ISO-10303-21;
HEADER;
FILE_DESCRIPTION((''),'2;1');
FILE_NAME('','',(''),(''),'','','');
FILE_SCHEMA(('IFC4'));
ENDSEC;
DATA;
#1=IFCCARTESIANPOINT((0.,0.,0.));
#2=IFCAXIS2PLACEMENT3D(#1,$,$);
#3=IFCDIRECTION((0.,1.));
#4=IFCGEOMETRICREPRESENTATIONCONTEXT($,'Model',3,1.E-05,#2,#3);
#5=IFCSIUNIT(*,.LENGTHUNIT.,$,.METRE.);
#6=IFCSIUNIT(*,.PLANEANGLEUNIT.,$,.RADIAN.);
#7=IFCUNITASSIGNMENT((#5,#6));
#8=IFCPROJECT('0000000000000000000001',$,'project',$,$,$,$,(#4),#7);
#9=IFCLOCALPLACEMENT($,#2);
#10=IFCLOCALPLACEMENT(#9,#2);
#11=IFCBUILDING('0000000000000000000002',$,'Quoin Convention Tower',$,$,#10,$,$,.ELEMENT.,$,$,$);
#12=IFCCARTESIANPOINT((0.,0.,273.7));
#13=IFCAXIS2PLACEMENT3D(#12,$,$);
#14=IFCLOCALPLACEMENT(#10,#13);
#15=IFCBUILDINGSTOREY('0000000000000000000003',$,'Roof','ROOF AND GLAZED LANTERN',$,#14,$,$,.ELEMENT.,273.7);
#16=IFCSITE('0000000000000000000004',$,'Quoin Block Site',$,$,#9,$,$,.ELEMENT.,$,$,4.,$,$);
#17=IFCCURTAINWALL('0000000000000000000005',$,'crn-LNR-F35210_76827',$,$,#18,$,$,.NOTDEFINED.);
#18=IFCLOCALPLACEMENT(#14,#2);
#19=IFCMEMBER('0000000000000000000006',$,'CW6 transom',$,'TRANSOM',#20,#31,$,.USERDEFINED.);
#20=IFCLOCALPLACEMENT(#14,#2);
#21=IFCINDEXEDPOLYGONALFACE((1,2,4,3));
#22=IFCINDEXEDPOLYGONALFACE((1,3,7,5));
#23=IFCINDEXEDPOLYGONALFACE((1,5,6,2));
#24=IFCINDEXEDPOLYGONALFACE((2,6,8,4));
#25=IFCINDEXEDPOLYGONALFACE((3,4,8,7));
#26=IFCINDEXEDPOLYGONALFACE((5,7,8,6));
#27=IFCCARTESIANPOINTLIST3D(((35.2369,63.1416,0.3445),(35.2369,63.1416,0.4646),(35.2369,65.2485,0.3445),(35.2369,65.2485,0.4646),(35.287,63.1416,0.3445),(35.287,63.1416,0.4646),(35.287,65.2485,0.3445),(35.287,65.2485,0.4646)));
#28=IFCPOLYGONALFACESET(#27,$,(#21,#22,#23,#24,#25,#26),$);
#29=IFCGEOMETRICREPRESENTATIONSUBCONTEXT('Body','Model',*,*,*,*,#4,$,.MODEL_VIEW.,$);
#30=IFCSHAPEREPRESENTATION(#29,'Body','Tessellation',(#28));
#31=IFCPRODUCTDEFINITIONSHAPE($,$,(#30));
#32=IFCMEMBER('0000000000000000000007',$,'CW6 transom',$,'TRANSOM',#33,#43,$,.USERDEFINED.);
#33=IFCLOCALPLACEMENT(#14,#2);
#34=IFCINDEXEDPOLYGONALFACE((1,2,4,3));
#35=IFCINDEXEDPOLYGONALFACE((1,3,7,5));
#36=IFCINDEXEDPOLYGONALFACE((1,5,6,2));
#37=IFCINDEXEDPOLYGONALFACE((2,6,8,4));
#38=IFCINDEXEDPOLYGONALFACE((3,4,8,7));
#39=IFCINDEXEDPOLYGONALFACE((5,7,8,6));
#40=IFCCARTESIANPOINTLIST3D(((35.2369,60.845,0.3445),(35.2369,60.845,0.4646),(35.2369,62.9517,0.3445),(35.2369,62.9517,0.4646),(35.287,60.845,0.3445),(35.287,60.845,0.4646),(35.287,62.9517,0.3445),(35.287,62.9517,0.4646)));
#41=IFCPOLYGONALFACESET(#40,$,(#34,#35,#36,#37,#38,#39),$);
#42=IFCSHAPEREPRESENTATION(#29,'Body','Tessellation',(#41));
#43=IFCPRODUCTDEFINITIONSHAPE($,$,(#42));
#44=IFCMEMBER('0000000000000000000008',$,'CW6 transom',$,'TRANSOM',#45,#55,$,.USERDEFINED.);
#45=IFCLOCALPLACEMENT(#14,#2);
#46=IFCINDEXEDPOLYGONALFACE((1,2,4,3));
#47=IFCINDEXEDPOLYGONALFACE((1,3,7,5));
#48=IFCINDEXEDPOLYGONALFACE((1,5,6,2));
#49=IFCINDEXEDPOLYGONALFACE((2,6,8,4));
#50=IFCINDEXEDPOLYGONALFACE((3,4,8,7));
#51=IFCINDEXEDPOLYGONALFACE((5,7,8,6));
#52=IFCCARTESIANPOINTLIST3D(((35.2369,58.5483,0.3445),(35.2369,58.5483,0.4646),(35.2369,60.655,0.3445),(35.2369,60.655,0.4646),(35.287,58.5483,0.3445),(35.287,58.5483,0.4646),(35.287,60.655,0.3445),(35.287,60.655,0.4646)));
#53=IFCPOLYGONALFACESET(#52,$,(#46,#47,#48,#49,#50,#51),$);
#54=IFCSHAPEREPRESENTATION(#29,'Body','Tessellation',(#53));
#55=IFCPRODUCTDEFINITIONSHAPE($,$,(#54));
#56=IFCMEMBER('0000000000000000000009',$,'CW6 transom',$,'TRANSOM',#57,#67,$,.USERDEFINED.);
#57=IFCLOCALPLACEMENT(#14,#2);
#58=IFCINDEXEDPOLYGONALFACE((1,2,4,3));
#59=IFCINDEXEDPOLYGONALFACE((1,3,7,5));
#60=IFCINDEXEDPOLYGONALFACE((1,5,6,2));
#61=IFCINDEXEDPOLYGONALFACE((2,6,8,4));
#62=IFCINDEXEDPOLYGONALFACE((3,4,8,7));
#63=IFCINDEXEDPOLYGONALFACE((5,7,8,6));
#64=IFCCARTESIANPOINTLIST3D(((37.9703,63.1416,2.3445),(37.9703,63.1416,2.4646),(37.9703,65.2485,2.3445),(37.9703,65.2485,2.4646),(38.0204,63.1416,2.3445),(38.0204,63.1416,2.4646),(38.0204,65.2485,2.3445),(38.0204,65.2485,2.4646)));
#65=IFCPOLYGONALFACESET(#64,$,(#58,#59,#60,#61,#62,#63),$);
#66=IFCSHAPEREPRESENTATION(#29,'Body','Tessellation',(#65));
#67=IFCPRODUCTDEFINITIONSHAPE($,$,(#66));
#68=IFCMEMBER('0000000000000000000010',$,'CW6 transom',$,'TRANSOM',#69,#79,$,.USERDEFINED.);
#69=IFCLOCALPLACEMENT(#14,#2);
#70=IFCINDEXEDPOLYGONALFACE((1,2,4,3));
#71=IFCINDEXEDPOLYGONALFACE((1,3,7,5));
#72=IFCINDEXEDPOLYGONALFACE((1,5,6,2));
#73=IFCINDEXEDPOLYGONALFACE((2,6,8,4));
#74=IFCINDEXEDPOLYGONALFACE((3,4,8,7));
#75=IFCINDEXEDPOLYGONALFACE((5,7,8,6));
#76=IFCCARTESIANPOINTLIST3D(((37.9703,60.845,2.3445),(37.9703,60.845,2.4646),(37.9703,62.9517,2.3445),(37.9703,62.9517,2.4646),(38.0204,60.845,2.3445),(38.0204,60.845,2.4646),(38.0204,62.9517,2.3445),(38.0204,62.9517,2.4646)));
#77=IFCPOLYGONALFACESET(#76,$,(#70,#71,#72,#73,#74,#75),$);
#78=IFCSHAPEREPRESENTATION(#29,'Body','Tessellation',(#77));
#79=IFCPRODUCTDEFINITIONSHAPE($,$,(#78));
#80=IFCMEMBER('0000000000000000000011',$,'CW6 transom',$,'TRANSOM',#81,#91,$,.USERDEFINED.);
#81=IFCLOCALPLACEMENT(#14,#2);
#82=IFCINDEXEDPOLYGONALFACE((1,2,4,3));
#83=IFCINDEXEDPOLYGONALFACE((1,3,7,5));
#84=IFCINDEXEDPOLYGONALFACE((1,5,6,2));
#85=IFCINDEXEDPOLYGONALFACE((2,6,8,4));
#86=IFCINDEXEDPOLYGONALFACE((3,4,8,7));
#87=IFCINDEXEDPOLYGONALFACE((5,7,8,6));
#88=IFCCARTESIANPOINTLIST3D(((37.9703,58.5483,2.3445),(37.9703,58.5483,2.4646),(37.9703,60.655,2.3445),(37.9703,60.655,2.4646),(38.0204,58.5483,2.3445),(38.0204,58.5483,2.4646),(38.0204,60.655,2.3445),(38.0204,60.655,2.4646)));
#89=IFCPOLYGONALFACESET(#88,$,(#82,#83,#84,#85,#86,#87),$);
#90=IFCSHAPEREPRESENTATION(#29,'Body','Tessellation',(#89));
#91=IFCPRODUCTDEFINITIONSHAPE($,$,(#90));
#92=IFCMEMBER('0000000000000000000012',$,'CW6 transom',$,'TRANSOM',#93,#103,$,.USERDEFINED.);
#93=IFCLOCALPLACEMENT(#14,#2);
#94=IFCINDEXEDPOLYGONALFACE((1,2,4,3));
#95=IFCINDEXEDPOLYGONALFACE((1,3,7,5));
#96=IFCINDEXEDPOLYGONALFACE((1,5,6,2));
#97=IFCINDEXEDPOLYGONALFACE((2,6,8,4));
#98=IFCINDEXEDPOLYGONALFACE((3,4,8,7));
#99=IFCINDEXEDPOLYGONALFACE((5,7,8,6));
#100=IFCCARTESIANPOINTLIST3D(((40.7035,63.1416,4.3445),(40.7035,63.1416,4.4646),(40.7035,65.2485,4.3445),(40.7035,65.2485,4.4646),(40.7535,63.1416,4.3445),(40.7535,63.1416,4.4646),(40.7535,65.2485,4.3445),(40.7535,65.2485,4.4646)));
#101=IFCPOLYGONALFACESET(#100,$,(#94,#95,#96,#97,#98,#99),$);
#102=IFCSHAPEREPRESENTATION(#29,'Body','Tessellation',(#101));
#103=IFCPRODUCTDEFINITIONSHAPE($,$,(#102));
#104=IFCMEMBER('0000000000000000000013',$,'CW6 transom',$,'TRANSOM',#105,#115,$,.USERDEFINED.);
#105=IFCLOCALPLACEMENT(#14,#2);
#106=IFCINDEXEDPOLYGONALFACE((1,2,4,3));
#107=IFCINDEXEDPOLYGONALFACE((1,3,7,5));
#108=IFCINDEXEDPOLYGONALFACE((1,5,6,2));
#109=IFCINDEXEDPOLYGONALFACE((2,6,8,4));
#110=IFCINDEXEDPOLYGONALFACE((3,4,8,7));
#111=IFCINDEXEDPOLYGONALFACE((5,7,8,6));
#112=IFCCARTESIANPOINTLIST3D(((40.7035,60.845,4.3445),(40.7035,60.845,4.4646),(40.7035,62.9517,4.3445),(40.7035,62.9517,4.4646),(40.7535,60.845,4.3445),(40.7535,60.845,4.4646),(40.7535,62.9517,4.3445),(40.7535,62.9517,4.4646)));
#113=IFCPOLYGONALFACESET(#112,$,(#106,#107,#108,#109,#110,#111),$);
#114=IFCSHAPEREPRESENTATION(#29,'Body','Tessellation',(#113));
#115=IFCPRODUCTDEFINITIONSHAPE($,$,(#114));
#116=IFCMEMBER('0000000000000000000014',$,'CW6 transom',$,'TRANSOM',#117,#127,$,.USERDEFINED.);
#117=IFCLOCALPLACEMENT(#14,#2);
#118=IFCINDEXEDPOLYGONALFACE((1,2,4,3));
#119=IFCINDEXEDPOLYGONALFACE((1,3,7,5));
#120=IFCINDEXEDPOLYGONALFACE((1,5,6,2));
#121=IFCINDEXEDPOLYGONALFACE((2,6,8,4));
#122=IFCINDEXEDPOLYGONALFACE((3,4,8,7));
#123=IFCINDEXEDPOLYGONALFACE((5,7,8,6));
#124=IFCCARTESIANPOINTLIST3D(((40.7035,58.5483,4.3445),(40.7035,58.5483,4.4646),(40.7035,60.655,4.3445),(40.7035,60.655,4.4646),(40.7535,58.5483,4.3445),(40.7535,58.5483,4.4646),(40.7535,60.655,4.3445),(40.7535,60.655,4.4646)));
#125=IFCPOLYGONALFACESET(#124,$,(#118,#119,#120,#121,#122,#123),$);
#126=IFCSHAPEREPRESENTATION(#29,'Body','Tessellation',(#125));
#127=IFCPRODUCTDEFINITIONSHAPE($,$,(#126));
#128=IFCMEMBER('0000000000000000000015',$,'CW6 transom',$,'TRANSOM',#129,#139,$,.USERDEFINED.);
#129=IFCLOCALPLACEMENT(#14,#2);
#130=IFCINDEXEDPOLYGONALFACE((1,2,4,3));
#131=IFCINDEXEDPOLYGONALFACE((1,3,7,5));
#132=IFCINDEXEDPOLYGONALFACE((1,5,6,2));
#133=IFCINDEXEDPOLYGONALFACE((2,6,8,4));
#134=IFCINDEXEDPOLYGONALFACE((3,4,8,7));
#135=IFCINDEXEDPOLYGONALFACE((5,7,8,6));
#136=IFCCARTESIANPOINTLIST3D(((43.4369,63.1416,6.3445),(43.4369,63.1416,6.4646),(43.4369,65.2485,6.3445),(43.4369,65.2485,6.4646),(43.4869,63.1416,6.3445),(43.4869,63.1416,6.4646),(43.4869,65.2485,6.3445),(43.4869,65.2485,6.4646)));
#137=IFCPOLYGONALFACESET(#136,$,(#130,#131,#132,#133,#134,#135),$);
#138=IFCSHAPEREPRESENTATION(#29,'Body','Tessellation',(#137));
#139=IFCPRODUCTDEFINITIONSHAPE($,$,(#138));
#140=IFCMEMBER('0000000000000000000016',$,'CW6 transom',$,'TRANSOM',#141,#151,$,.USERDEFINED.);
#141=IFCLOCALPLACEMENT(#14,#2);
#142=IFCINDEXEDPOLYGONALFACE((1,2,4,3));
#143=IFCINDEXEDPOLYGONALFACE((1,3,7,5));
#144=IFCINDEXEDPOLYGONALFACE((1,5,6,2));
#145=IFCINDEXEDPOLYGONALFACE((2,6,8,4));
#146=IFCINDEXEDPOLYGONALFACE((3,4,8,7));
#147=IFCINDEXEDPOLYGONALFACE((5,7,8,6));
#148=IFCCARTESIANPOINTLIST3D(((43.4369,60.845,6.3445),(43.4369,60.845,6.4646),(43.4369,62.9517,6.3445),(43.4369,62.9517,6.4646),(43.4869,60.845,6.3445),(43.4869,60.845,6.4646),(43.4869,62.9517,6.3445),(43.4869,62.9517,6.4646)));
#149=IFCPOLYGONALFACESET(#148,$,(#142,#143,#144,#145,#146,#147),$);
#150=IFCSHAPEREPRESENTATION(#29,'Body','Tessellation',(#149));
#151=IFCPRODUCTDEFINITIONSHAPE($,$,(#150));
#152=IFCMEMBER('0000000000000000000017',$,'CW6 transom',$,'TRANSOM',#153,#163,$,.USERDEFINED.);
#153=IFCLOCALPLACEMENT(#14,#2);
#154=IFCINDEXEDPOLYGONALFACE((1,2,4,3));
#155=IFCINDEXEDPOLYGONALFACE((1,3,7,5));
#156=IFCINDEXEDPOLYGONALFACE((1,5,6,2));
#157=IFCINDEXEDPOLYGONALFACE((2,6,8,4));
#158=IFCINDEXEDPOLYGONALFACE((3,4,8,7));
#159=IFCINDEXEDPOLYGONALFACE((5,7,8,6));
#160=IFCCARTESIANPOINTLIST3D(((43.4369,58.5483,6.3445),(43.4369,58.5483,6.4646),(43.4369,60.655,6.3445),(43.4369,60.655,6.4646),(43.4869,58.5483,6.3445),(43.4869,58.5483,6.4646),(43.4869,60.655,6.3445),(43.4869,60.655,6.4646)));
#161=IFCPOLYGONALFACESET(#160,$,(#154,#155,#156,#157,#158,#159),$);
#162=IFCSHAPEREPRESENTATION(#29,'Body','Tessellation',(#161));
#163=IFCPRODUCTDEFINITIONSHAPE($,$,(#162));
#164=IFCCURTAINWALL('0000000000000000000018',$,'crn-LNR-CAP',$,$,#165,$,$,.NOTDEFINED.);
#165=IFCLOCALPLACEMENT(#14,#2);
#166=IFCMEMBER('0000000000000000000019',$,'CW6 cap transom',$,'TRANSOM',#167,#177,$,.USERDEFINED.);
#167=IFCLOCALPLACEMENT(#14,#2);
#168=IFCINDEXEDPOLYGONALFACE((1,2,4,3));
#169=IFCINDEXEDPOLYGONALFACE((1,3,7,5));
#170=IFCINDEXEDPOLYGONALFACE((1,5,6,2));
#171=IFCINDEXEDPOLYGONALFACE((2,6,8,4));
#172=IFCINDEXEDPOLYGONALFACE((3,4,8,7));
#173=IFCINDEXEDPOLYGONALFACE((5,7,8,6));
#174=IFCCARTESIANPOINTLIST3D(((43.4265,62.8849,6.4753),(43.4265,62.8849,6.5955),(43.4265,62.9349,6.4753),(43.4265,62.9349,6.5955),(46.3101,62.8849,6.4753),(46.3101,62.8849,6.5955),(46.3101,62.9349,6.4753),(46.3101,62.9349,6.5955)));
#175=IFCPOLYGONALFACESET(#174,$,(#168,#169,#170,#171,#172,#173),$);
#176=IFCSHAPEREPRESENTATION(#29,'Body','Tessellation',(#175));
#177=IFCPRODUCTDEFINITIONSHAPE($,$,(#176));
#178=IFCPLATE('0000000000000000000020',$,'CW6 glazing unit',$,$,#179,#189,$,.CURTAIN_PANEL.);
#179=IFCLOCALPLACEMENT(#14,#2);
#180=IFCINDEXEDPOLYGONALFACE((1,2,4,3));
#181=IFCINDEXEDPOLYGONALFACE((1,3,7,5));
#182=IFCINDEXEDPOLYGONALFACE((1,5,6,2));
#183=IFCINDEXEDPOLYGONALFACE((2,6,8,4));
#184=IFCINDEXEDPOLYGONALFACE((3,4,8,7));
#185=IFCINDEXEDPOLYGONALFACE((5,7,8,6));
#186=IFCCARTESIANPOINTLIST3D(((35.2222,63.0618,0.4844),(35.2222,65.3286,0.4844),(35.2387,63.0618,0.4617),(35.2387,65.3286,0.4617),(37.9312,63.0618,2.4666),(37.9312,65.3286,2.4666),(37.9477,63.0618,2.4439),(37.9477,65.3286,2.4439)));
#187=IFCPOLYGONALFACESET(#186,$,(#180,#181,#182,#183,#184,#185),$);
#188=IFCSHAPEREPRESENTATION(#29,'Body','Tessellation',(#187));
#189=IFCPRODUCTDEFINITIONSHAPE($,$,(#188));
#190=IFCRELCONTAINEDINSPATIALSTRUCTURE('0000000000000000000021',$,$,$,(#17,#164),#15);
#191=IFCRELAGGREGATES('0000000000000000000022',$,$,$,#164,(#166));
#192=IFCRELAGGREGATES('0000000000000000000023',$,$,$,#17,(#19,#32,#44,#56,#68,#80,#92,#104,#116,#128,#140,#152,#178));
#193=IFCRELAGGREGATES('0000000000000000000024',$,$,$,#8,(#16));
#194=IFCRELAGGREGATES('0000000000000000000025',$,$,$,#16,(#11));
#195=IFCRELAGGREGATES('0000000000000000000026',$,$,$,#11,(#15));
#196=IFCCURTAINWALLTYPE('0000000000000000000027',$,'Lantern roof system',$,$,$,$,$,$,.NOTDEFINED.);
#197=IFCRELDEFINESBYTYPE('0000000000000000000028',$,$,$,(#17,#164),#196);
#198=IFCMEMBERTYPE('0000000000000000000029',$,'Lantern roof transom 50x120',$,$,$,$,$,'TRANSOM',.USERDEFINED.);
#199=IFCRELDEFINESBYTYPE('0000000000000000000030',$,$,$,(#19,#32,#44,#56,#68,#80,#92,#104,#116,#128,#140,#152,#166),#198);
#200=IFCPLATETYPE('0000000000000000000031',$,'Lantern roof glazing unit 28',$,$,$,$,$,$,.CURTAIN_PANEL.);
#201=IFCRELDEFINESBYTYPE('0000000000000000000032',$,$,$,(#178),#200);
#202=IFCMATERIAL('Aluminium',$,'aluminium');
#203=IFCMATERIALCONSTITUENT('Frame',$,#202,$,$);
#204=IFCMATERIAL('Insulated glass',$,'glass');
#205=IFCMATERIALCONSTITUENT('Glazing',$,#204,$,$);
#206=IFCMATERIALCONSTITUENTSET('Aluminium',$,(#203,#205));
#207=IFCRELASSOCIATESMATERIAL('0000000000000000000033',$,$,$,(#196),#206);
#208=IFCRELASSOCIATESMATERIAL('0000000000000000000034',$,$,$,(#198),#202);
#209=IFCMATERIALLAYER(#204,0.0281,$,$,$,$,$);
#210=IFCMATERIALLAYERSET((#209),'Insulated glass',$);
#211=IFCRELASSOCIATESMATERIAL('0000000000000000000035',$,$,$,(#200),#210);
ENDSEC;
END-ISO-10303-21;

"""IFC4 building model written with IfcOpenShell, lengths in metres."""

from ifc_helpers import new_model, si_unit, direction, frame, origin, origin_2d, place, context, subcontext, project, spatial, polyline, rectangle, outline, extrude, material, layer, layer_set, constituent, constituent_set, material_profile, profile_set, type_object, element, aggregate, save


model = new_model("IFC4")

# Units and contexts
model_context = context("Model", 3, precision=1e-05, world=origin(), true_north=direction((0.0, 1.0)))
body_context = subcontext(model_context, "Body", "Model", "MODEL_VIEW")
ifc_project = project(units=[si_unit("LENGTHUNIT", "METRE"), si_unit("PLANEANGLEUNIT", "RADIAN")], contexts=[model_context])

# Site, building, storey
site_placement = place(None, origin())
site = spatial("IfcSite", under=ifc_project, at=site_placement, Name="Quoin Block Site", CompositionType="ELEMENT", RefElevation=4.0)
building_placement = place(site_placement, origin())
building = spatial("IfcBuilding", under=site, at=building_placement, Name="Quoin Convention Tower", CompositionType="ELEMENT")
storey_placement = place(building_placement, frame((0.0, 0.0, 273.7)))
storey = spatial("IfcBuildingStorey", under=building, at=storey_placement, Name="Roof", Description="ROOF AND GLAZED LANTERN", CompositionType="ELEMENT", Elevation=273.7)

# Curtain wall, members
ifc_material_1 = material(Name="Aluminium", Category="aluminium")
ifc_constituent_1 = constituent(ifc_material_1, Name="Frame")
ifc_material_2 = material(Name="Insulated glass", Category="glass")
ifc_constituent_2 = constituent(ifc_material_2, Name="Glazing")
ifc_constituent_set = constituent_set(constituents=[ifc_constituent_1, ifc_constituent_2], Name="Aluminium")
curtain_wall_type = type_object("IfcCurtainWallType", Name="Lantern roof system", PredefinedType="NOTDEFINED", material=ifc_constituent_set)
curtain_wall_1_placement = place(storey_placement, origin())
curtain_wall_1 = element("IfcCurtainWall", 1, at=curtain_wall_1_placement, inside=storey, type_object=curtain_wall_type, Name="crn-LNR-F35210_76827", PredefinedType="NOTDEFINED")
ifc_material_profile_1 = material_profile(ifc_material_1, rectangle(XDim=0.1201, YDim=0.05, at=origin_2d()), Name="Lantern roof transom 50x120")
ifc_profile_set_1 = profile_set([ifc_material_profile_1], Name="Aluminium")
member_type_1 = type_object("IfcMemberType", Name="Lantern roof transom 50x120", ElementType="TRANSOM", PredefinedType="USERDEFINED", material=ifc_profile_set_1)
member_1_placement = place(storey_placement, frame((35.262, 65.2485, 0.4045), z_axis=(0.0, -1.0, 0.0), x_axis=(0.0, 0.0, 1.0)))
member_1 = element("IfcMember", 2, at=member_1_placement, type_object=member_type_1, Name="CW6 transom", ObjectType="TRANSOM", PredefinedType="USERDEFINED", context=body_context, shape_type="SweptSolid", body=[
    extrude(rectangle(XDim=0.1201, YDim=0.05, at=origin_2d()), origin(), (0.0, 0.0, 1.0), 2.1069),
])
member_2_placement = place(storey_placement, frame((35.262, 62.9517, 0.4045), z_axis=(0.0, -1.0, 0.0), x_axis=(0.0, 0.0, 1.0)))
member_2 = element("IfcMember", 3, at=member_2_placement, type_object=member_type_1, Name="CW6 transom", ObjectType="TRANSOM", PredefinedType="USERDEFINED", context=body_context, shape_type="SweptSolid", body=[
    extrude(rectangle(XDim=0.1201, YDim=0.05, at=origin_2d()), origin(), (0.0, 0.0, 1.0), 2.1067),
])
member_3_placement = place(storey_placement, frame((35.262, 60.655, 0.4045), z_axis=(0.0, -1.0, 0.0), x_axis=(0.0, 0.0, 1.0)))
member_3 = element("IfcMember", 4, at=member_3_placement, type_object=member_type_1, Name="CW6 transom", ObjectType="TRANSOM", PredefinedType="USERDEFINED", context=body_context, shape_type="SweptSolid", body=[
    extrude(rectangle(XDim=0.1201, YDim=0.05, at=origin_2d()), origin(), (0.0, 0.0, 1.0), 2.1067),
])
member_4_placement = place(storey_placement, frame((37.9954, 65.2485, 2.4045), z_axis=(0.0, -1.0, 0.0), x_axis=(0.0, 0.0, 1.0)))
member_4 = element("IfcMember", 5, at=member_4_placement, type_object=member_type_1, Name="CW6 transom", ObjectType="TRANSOM", PredefinedType="USERDEFINED", context=body_context, shape_type="SweptSolid", body=[
    extrude(rectangle(XDim=0.1201, YDim=0.05, at=origin_2d()), origin(), (0.0, 0.0, 1.0), 2.1069),
])
member_5_placement = place(storey_placement, frame((37.9954, 62.9517, 2.4045), z_axis=(0.0, -1.0, 0.0), x_axis=(0.0, 0.0, 1.0)))
member_5 = element("IfcMember", 6, at=member_5_placement, type_object=member_type_1, Name="CW6 transom", ObjectType="TRANSOM", PredefinedType="USERDEFINED", context=body_context, shape_type="SweptSolid", body=[
    extrude(rectangle(XDim=0.1201, YDim=0.05, at=origin_2d()), origin(), (0.0, 0.0, 1.0), 2.1067),
])
member_6_placement = place(storey_placement, frame((37.9954, 60.655, 2.4045), z_axis=(0.0, -1.0, 0.0), x_axis=(0.0, 0.0, 1.0)))
member_6 = element("IfcMember", 7, at=member_6_placement, type_object=member_type_1, Name="CW6 transom", ObjectType="TRANSOM", PredefinedType="USERDEFINED", context=body_context, shape_type="SweptSolid", body=[
    extrude(rectangle(XDim=0.1201, YDim=0.05, at=origin_2d()), origin(), (0.0, 0.0, 1.0), 2.1067),
])
member_7_placement = place(storey_placement, frame((40.7285, 65.2485, 4.4045), z_axis=(0.0, -1.0, 0.0), x_axis=(0.0, 0.0, 1.0)))
member_7 = element("IfcMember", 8, at=member_7_placement, type_object=member_type_1, Name="CW6 transom", ObjectType="TRANSOM", PredefinedType="USERDEFINED", context=body_context, shape_type="SweptSolid", body=[
    extrude(rectangle(XDim=0.1201, YDim=0.05, at=origin_2d()), origin(), (0.0, 0.0, 1.0), 2.1069),
])
member_8_placement = place(storey_placement, frame((40.7285, 62.9517, 4.4045), z_axis=(0.0, -1.0, 0.0), x_axis=(0.0, 0.0, 1.0)))
member_8 = element("IfcMember", 9, at=member_8_placement, type_object=member_type_1, Name="CW6 transom", ObjectType="TRANSOM", PredefinedType="USERDEFINED", context=body_context, shape_type="SweptSolid", body=[
    extrude(rectangle(XDim=0.1201, YDim=0.05, at=origin_2d()), origin(), (0.0, 0.0, 1.0), 2.1067),
])
member_9_placement = place(storey_placement, frame((40.7285, 60.655, 4.4045), z_axis=(0.0, -1.0, 0.0), x_axis=(0.0, 0.0, 1.0)))
member_9 = element("IfcMember", 10, at=member_9_placement, type_object=member_type_1, Name="CW6 transom", ObjectType="TRANSOM", PredefinedType="USERDEFINED", context=body_context, shape_type="SweptSolid", body=[
    extrude(rectangle(XDim=0.1201, YDim=0.05, at=origin_2d()), origin(), (0.0, 0.0, 1.0), 2.1067),
])
member_10_placement = place(storey_placement, frame((43.4619, 65.2485, 6.4045), z_axis=(0.0, -1.0, 0.0), x_axis=(0.0, 0.0, 1.0)))
member_10 = element("IfcMember", 11, at=member_10_placement, type_object=member_type_1, Name="CW6 transom", ObjectType="TRANSOM", PredefinedType="USERDEFINED", context=body_context, shape_type="SweptSolid", body=[
    extrude(rectangle(XDim=0.1201, YDim=0.05, at=origin_2d()), origin(), (0.0, 0.0, 1.0), 2.1069),
])
member_11_placement = place(storey_placement, frame((43.4619, 62.9517, 6.4045), z_axis=(0.0, -1.0, 0.0), x_axis=(0.0, 0.0, 1.0)))
member_11 = element("IfcMember", 12, at=member_11_placement, type_object=member_type_1, Name="CW6 transom", ObjectType="TRANSOM", PredefinedType="USERDEFINED", context=body_context, shape_type="SweptSolid", body=[
    extrude(rectangle(XDim=0.1201, YDim=0.05, at=origin_2d()), origin(), (0.0, 0.0, 1.0), 2.1067),
])
member_12_placement = place(storey_placement, frame((43.4619, 60.655, 6.4045), z_axis=(0.0, -1.0, 0.0), x_axis=(0.0, 0.0, 1.0)))
member_12 = element("IfcMember", 13, at=member_12_placement, type_object=member_type_1, Name="CW6 transom", ObjectType="TRANSOM", PredefinedType="USERDEFINED", context=body_context, shape_type="SweptSolid", body=[
    extrude(rectangle(XDim=0.1201, YDim=0.05, at=origin_2d()), origin(), (0.0, 0.0, 1.0), 2.1067),
])

# Curtain wall, member
curtain_wall_2_placement = place(storey_placement, origin())
curtain_wall_2 = element("IfcCurtainWall", 14, at=curtain_wall_2_placement, inside=storey, type_object=curtain_wall_type, Name="crn-LNR-CAP", PredefinedType="NOTDEFINED")
member_13_placement = place(storey_placement, frame((43.4265, 62.9099, 6.5354), z_axis=(1.0, 0.0, 0.0), x_axis=(0.0, 0.0, 1.0)))
member_13 = element("IfcMember", 15, at=member_13_placement, type_object=member_type_1, Name="CW6 cap transom", ObjectType="TRANSOM", PredefinedType="USERDEFINED", context=body_context, shape_type="SweptSolid", body=[
    extrude(rectangle(XDim=0.1201, YDim=0.05, at=origin_2d()), origin(), (0.0, 0.0, 1.0), 2.8835),
])
aggregate(curtain_wall_2, [member_13])

# Plate
ifc_layer = layer(ifc_material_2, 0.0281)
ifc_layer_set = layer_set([ifc_layer], Name="Insulated glass")
plate_type = type_object("IfcPlateType", Name="Lantern roof glazing unit 28", PredefinedType="CURTAIN_PANEL", material=ifc_layer_set)
plate_1_placement = place(storey_placement, frame((37.9312, 65.3286, 2.4666), z_axis=(-0.590509, 0.0, 0.807031), x_axis=(0.0, -1.0, 0.0)))
plate_1 = element("IfcPlate", 16, at=plate_1_placement, type_object=plate_type, Name="CW6 glazing unit", PredefinedType="CURTAIN_PANEL", context=body_context, shape_type="SweptSolid", body=[
    extrude(outline(polyline([(0.0, 0.0), (2.2668, 0.0), (2.2668, -3.3567), (0.0, -3.3567), (0.0, 0.0)])), origin(), (0.0, 0.0, -1.0), 0.0281),
])
aggregate(curtain_wall_1, [member_1, member_2, member_3, member_4, member_5, member_6, member_7, member_8, member_9, member_10, member_11, member_12, plate_1])

save(model, "model.ifc")
